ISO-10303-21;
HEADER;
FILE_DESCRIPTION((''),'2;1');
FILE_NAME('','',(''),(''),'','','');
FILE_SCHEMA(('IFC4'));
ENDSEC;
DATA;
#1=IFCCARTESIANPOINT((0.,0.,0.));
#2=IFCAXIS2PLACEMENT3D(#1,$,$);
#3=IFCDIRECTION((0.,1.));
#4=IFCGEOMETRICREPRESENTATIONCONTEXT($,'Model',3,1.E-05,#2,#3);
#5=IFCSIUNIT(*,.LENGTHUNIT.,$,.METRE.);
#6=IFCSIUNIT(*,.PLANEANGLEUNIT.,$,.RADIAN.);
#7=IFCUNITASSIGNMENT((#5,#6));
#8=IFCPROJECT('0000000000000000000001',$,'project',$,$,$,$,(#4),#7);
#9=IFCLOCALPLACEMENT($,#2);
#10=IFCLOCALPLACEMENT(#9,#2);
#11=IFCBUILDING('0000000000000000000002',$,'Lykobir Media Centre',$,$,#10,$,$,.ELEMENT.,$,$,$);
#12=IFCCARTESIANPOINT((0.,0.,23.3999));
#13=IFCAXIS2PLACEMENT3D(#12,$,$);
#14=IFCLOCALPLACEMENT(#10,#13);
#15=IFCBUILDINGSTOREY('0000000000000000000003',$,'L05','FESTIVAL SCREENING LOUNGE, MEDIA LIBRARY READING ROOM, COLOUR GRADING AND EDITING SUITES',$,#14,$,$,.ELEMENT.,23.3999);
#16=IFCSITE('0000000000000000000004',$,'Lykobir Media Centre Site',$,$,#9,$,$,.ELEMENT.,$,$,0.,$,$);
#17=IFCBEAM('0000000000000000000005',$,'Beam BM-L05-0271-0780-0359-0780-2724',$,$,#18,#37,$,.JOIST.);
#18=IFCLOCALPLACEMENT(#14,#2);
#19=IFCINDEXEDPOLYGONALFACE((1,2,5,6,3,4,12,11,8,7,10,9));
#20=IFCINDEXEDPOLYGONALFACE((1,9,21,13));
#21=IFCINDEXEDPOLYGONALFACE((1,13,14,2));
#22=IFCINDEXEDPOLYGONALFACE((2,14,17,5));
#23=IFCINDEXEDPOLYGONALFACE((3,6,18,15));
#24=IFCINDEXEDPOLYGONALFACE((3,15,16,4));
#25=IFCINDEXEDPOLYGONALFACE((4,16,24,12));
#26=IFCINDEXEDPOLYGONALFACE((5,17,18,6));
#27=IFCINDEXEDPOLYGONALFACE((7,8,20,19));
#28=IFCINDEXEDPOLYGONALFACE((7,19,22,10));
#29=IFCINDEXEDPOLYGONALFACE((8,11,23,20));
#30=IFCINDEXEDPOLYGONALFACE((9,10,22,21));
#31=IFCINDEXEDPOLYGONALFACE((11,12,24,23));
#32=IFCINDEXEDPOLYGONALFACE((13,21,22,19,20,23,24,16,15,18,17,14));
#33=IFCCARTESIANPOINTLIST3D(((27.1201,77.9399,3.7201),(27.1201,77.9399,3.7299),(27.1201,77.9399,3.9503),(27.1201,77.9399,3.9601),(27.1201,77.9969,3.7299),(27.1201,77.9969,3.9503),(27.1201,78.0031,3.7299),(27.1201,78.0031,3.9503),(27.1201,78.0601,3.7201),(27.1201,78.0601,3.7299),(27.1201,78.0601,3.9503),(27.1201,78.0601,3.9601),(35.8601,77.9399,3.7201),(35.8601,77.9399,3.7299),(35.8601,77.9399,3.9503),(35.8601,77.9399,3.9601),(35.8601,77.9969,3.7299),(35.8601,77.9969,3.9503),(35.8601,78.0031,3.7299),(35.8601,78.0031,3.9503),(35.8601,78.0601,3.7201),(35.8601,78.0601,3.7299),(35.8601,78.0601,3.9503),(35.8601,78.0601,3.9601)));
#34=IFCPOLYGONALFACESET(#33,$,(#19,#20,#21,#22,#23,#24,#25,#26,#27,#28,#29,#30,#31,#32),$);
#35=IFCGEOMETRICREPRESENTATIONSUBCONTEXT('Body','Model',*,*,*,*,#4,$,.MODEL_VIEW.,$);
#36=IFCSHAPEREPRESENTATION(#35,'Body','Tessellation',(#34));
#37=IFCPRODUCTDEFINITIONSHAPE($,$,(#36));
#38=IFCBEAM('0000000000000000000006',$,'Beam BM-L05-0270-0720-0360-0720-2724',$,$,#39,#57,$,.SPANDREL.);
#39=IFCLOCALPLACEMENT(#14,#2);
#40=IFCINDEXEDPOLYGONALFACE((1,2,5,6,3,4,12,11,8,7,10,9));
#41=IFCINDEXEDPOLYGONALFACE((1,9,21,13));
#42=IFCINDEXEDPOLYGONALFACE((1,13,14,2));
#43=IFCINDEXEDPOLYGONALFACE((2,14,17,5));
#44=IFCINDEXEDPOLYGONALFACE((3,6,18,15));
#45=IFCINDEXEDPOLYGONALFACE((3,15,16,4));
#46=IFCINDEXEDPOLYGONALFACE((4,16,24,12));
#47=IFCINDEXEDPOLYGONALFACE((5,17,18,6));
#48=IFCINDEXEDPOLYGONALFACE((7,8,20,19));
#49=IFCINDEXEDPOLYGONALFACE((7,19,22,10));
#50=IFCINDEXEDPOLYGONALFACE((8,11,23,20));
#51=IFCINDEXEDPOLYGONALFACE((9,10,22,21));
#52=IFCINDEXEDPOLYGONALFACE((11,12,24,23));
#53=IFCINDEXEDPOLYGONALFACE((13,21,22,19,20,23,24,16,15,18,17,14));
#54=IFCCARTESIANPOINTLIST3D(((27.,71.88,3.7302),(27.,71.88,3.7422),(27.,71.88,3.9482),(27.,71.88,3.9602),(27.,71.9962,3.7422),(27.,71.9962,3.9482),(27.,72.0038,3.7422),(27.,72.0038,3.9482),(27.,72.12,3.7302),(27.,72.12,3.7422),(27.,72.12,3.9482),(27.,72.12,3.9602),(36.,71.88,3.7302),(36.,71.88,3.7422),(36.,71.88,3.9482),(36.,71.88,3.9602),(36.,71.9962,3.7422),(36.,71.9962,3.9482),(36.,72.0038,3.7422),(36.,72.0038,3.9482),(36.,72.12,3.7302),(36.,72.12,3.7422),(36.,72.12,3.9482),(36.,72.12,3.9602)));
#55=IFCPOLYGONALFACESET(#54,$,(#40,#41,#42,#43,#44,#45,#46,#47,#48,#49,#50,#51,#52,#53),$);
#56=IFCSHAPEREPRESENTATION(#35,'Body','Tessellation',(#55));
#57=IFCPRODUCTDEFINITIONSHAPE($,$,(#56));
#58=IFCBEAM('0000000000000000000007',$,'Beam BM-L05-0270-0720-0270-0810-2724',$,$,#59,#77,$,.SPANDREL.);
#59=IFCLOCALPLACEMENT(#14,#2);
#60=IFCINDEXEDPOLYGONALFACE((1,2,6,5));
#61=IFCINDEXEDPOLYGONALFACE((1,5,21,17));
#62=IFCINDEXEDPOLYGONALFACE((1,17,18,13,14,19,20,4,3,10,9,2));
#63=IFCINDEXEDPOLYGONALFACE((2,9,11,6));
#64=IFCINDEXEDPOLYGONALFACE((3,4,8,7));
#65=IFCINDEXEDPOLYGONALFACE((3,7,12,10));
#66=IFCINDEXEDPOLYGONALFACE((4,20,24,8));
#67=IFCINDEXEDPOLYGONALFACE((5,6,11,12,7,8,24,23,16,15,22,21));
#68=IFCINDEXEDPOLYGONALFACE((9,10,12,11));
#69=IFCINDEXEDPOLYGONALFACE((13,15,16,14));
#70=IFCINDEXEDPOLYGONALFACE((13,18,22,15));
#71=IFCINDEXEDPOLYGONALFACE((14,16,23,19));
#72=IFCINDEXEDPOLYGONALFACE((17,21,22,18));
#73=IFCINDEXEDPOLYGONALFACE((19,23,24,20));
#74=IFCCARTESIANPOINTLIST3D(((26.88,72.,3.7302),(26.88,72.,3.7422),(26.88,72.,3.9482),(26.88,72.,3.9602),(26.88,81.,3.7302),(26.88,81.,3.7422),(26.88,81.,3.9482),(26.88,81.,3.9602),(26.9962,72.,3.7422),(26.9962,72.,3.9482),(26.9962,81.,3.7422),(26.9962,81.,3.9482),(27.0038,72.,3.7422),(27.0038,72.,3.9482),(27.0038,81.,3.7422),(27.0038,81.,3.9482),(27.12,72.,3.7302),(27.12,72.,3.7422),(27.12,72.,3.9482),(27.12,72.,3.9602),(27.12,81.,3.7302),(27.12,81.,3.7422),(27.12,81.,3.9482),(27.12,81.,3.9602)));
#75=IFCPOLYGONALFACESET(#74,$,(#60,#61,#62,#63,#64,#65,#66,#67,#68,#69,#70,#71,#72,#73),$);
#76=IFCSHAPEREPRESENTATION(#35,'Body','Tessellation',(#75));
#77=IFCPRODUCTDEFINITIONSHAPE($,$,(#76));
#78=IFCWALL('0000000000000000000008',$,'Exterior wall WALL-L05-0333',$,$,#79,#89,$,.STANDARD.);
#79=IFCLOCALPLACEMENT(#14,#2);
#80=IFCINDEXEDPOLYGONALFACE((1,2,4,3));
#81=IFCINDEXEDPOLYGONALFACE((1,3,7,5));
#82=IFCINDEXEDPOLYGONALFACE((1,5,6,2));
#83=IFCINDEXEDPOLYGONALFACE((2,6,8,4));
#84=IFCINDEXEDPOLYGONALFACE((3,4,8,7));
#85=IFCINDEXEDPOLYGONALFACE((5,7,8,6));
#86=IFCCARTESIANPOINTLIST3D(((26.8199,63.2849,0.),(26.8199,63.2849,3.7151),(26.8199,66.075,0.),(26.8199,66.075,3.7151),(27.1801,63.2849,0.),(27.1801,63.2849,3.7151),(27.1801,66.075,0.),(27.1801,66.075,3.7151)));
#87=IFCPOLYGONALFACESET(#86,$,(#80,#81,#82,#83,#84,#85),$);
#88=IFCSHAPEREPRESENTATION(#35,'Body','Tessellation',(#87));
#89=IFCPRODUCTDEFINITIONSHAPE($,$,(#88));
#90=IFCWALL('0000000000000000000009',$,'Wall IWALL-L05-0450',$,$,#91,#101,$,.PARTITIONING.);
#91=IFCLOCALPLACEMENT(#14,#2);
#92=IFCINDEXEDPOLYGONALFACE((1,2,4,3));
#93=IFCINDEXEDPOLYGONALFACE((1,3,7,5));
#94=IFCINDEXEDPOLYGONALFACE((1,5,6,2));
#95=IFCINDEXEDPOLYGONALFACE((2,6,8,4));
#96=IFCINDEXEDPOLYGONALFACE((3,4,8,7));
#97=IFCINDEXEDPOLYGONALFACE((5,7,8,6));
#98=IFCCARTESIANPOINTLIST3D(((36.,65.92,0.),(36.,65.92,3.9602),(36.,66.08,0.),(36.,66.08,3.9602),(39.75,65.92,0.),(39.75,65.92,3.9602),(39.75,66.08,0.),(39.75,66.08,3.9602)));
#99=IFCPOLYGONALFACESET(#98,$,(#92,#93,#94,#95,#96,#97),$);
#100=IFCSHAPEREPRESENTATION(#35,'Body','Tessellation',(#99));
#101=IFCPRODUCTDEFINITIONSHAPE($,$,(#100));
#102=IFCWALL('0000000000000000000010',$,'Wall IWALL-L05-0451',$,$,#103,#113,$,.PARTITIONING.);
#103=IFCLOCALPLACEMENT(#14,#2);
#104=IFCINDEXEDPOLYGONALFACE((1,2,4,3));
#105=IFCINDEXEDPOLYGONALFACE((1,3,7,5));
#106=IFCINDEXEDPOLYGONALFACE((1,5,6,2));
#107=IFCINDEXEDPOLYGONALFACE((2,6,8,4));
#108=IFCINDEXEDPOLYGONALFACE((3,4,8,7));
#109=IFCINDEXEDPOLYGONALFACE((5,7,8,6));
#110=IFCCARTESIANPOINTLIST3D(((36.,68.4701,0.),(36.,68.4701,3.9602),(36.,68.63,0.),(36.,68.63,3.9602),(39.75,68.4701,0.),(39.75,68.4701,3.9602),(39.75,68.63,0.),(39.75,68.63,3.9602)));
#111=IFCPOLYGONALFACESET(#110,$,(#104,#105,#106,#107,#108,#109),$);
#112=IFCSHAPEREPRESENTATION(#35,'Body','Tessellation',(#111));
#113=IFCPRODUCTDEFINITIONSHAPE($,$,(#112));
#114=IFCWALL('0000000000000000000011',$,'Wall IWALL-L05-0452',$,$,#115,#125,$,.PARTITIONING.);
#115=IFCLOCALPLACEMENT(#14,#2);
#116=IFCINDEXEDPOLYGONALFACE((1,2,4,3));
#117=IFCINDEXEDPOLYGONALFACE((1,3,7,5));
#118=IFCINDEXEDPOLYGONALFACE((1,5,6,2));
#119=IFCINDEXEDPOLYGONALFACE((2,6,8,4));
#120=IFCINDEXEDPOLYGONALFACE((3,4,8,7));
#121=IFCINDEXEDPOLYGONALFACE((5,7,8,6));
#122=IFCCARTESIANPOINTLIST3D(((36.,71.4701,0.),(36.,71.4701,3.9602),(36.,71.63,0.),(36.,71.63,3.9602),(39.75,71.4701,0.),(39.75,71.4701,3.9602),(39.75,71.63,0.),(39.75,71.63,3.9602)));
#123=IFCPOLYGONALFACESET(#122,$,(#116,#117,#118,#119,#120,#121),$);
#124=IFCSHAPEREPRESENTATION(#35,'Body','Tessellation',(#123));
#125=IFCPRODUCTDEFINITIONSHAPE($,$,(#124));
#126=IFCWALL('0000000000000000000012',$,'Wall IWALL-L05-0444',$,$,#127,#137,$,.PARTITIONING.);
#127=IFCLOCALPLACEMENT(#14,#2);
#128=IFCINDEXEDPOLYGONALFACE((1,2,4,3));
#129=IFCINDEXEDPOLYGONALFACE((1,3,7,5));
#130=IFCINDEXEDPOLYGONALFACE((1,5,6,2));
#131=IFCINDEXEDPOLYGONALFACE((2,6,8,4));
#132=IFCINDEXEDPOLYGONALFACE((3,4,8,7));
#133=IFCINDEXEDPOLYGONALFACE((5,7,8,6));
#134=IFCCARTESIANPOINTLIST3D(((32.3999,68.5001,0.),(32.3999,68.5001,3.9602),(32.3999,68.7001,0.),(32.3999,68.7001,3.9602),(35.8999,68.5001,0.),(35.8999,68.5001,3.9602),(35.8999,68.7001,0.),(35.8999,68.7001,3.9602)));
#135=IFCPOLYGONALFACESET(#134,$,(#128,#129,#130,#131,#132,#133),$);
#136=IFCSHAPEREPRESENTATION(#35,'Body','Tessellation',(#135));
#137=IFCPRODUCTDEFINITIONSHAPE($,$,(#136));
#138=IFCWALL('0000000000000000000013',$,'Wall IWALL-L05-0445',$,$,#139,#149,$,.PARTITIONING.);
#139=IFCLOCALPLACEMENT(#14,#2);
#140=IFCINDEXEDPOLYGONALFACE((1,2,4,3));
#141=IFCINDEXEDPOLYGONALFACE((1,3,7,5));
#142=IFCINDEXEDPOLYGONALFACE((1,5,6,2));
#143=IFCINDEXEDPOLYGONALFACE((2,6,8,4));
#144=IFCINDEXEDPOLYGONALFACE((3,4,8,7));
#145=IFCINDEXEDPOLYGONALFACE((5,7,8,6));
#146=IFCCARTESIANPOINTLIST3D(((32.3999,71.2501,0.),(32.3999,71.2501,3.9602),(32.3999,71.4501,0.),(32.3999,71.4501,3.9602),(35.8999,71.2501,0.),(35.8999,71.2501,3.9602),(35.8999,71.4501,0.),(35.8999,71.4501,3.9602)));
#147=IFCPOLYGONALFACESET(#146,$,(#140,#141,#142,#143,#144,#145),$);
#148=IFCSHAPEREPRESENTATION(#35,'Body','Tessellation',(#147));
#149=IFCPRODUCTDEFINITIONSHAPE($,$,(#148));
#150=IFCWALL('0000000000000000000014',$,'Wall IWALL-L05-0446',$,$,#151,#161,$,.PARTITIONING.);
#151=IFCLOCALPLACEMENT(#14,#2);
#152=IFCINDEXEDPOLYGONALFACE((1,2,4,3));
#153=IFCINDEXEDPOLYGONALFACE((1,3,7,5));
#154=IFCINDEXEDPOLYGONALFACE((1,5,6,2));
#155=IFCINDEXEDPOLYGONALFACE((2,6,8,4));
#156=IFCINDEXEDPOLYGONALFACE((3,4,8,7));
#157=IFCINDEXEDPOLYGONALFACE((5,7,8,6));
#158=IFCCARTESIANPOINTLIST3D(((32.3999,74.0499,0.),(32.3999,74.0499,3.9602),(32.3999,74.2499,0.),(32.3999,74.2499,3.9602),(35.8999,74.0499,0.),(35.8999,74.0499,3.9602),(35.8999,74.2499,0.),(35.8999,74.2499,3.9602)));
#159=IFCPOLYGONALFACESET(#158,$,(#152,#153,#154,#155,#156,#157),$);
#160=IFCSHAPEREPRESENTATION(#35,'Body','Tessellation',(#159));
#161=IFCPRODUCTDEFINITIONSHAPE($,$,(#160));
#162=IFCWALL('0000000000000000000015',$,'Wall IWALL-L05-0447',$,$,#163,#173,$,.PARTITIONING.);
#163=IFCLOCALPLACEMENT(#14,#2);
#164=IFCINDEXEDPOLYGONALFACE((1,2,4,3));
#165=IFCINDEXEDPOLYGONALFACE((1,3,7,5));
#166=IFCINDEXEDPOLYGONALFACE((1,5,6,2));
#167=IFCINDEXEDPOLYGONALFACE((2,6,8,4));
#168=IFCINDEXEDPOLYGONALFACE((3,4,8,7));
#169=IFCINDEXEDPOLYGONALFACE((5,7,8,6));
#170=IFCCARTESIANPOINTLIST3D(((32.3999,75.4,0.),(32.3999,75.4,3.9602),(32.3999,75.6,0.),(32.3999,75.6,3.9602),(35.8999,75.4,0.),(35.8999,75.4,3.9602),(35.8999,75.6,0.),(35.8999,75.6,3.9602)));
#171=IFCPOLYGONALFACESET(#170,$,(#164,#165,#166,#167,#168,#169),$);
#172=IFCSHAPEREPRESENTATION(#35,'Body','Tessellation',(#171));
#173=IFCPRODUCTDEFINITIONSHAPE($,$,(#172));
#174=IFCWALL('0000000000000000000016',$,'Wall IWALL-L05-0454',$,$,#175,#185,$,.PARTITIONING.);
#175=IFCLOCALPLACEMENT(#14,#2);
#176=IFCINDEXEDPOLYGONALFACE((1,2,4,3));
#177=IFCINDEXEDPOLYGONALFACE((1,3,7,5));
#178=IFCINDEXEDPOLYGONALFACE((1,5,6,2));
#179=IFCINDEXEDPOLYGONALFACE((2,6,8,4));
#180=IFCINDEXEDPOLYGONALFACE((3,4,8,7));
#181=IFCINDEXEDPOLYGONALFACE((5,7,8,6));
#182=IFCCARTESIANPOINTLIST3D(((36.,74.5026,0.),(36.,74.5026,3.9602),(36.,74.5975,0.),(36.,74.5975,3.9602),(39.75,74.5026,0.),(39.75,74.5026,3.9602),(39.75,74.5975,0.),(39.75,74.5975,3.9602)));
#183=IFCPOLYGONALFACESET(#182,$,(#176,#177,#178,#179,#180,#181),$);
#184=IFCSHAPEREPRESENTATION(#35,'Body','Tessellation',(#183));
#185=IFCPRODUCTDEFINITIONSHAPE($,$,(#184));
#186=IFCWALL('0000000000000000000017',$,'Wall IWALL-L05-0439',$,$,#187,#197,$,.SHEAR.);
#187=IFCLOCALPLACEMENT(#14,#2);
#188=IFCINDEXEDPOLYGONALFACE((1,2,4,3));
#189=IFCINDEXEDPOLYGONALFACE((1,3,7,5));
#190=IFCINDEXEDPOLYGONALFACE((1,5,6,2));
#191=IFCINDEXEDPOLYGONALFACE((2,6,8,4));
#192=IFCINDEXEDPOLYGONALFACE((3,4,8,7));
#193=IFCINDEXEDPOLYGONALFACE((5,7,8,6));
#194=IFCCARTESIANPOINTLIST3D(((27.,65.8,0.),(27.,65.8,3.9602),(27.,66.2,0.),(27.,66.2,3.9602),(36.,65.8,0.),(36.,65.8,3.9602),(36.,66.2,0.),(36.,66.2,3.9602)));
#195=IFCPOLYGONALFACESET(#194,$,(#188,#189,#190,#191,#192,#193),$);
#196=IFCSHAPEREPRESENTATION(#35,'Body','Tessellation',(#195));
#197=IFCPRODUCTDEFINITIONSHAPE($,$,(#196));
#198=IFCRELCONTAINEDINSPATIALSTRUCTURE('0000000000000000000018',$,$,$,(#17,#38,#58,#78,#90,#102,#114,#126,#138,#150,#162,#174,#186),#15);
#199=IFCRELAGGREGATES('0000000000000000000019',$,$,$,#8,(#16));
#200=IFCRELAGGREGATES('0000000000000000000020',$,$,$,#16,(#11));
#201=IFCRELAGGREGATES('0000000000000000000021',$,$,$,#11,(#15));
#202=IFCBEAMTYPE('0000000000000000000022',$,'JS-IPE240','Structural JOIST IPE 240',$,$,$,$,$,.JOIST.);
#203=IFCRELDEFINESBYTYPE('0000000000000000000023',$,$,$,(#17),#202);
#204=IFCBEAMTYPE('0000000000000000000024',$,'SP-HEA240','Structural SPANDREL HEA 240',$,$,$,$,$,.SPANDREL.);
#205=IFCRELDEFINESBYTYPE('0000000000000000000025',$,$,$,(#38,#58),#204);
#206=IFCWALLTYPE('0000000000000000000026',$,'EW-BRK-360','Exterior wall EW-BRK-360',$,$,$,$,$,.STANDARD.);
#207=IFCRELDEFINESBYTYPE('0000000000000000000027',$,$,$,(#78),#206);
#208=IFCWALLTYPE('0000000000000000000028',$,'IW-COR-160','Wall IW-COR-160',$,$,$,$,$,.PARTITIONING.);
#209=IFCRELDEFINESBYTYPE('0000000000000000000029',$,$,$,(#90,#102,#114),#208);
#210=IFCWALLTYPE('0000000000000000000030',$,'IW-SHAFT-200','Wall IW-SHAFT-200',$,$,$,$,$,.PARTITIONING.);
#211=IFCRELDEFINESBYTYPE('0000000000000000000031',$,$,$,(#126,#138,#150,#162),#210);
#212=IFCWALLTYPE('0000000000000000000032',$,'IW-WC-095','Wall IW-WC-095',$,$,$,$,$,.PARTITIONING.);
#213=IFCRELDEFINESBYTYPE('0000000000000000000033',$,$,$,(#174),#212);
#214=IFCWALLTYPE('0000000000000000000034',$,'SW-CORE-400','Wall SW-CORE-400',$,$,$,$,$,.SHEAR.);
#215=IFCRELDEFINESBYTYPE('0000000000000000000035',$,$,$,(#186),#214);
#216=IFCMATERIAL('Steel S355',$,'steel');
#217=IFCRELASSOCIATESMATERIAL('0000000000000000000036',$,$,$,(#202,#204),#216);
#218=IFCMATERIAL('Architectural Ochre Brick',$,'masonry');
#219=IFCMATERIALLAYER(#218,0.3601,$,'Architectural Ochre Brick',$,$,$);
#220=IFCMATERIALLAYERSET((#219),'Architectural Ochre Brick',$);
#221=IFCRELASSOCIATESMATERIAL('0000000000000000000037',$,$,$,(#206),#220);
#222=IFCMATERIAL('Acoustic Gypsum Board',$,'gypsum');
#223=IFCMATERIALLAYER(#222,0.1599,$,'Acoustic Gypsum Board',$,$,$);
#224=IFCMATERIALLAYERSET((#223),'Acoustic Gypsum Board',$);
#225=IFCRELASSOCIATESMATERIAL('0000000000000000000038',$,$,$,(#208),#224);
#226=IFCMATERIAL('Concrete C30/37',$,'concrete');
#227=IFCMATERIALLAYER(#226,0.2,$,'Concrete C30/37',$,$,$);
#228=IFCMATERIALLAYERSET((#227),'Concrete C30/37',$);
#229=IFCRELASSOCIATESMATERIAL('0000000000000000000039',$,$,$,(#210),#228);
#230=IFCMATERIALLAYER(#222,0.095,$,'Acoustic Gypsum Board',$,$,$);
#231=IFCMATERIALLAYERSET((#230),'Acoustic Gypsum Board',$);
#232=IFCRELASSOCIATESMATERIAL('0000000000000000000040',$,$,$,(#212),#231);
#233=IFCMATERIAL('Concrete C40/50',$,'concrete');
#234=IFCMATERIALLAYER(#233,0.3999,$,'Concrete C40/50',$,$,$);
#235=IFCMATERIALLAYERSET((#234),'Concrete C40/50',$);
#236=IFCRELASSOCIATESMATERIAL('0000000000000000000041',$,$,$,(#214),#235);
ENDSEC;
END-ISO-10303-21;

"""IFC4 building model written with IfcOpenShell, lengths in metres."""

from ifc_helpers import new_model, si_unit, direction, frame, frame_2d, origin, origin_2d, place, context, subcontext, project, spatial, rectangle, i_section, extrude, material, layer, layer_set, material_profile, profile_set, type_object, element, save


model = new_model("IFC4")

# Units and contexts
model_context = context("Model", 3, precision=1e-05, world=origin(), true_north=direction((0.0, 1.0)))
body_context = subcontext(model_context, "Body", "Model", "MODEL_VIEW")
ifc_project = project(units=[si_unit("LENGTHUNIT", "METRE"), si_unit("PLANEANGLEUNIT", "RADIAN")], contexts=[model_context])

# Site, building, storey
site_placement = place(None, origin())
site = spatial("IfcSite", under=ifc_project, at=site_placement, Name="Lykobir Media Centre Site", CompositionType="ELEMENT", RefElevation=0.0)
building_placement = place(site_placement, origin())
building = spatial("IfcBuilding", under=site, at=building_placement, Name="Lykobir Media Centre", CompositionType="ELEMENT")
storey_placement = place(building_placement, frame((0.0, 0.0, 23.3999)))
storey = spatial("IfcBuildingStorey", under=building, at=storey_placement, Name="L05", Description="FESTIVAL SCREENING LOUNGE, MEDIA LIBRARY READING ROOM, COLOUR GRADING AND EDITING SUITES", CompositionType="ELEMENT", Elevation=23.3999)

# Shared definitions
ifc_material_1 = material(Name="Concrete C40/50", Category="concrete")

# Shared definitions
ifc_material_2 = material(Name="Steel S355", Category="steel")

# Beams
ifc_material_profile_1 = material_profile(ifc_material_2, i_section(OverallWidth=0.1201, OverallDepth=0.24, WebThickness=0.0061, FlangeThickness=0.0098, at=origin_2d()), Name="IPE 240")
ifc_profile_set_1 = profile_set([ifc_material_profile_1], Name="Steel S355")
beam_type_1 = type_object("IfcBeamType", Name="JS-IPE240", Description="Structural JOIST IPE 240", PredefinedType="JOIST", material=ifc_profile_set_1)
for number, where, z_axis, x_axis, name in (
    (1, (27.1201, 78.0, 3.8401), (1.0, 0.0, 0.0), (0.0, 1.0, 0.0), "Beam BM-L05-0271-0780-0359-0780-2724"),
):
    element("IfcBeam", number, at=place(storey_placement, frame(where, z_axis=z_axis, x_axis=x_axis)), inside=storey, type_object=beam_type_1, Name=name, PredefinedType="JOIST", context=body_context, shape_type="SweptSolid", body=[
        extrude(i_section(OverallWidth=0.1201, OverallDepth=0.24, WebThickness=0.0061, FlangeThickness=0.0098, at=origin_2d()), origin(), (0.0, 0.0, 1.0), 8.74),
    ])
ifc_material_profile_2 = material_profile(ifc_material_2, i_section(OverallWidth=0.24, OverallDepth=0.23, WebThickness=0.0076, FlangeThickness=0.012, at=origin_2d()), Name="HEA 240")
ifc_profile_set_2 = profile_set([ifc_material_profile_2], Name="Steel S355")
beam_type_2 = type_object("IfcBeamType", Name="SP-HEA240", Description="Structural SPANDREL HEA 240", PredefinedType="SPANDREL", material=ifc_profile_set_2)
for number, where, z_axis, x_axis, name in (
    (2, (27.0, 72.0, 3.8452), (1.0, 0.0, 0.0), (0.0, 1.0, 0.0), "Beam BM-L05-0270-0720-0360-0720-2724"),
    (3, (27.0, 72.0, 3.8452), (0.0, 1.0, 0.0), (-1.0, 0.0, 0.0), "Beam BM-L05-0270-0720-0270-0810-2724"),
):
    element("IfcBeam", number, at=place(storey_placement, frame(where, z_axis=z_axis, x_axis=x_axis)), inside=storey, type_object=beam_type_2, Name=name, PredefinedType="SPANDREL", context=body_context, shape_type="SweptSolid", body=[
        extrude(i_section(OverallWidth=0.24, OverallDepth=0.23, WebThickness=0.0076, FlangeThickness=0.012, at=origin_2d()), origin(), (0.0, 0.0, 1.0), 9.0),
    ])

# Walls
ifc_material_3 = material(Name="Architectural Ochre Brick", Category="masonry")
ifc_layer_1 = layer(ifc_material_3, 0.3601, Name="Architectural Ochre Brick")
ifc_layer_set_1 = layer_set([ifc_layer_1], Name="Architectural Ochre Brick")
wall_type_1 = type_object("IfcWallType", Name="EW-BRK-360", Description="Exterior wall EW-BRK-360", PredefinedType="STANDARD", material=ifc_layer_set_1)
wall_1_placement = place(storey_placement, frame((27.0, 66.075, 0.0), z_axis=(0.0, 0.0, 1.0), x_axis=(0.0, -1.0, 0.0)))
element("IfcWall", 4, at=wall_1_placement, inside=storey, type_object=wall_type_1, Name="Exterior wall WALL-L05-0333", PredefinedType="STANDARD", context=body_context, shape_type="SweptSolid", body=[
    extrude(rectangle(XDim=2.79, YDim=0.3601, at=frame_2d((1.395, 0.0))), origin(), (0.0, 0.0, 1.0), 3.7151),
])
ifc_material_4 = material(Name="Acoustic Gypsum Board", Category="gypsum")
ifc_layer_2 = layer(ifc_material_4, 0.1599, Name="Acoustic Gypsum Board")
ifc_layer_set_2 = layer_set([ifc_layer_2], Name="Acoustic Gypsum Board")
wall_type_2 = type_object("IfcWallType", Name="IW-COR-160", Description="Wall IW-COR-160", PredefinedType="PARTITIONING", material=ifc_layer_set_2)
for number, where, z_axis, x_axis, name in (
    (5, (36.0, 66.0, 0.0), (0.0, 0.0, 1.0), (1.0, 0.0, 0.0), "Wall IWALL-L05-0450"),
    (6, (36.0, 68.55, 0.0), (0.0, 0.0, 1.0), (1.0, 0.0, 0.0), "Wall IWALL-L05-0451"),
    (7, (36.0, 71.55, 0.0), (0.0, 0.0, 1.0), (1.0, 0.0, 0.0), "Wall IWALL-L05-0452"),
):
    element("IfcWall", number, at=place(storey_placement, frame(where, z_axis=z_axis, x_axis=x_axis)), inside=storey, type_object=wall_type_2, Name=name, PredefinedType="PARTITIONING", context=body_context, shape_type="SweptSolid", body=[
        extrude(rectangle(XDim=3.75, YDim=0.1599, at=frame_2d((1.875, 0.0))), origin(), (0.0, 0.0, 1.0), 3.9602),
    ])
ifc_material_5 = material(Name="Concrete C30/37", Category="concrete")
ifc_layer_3 = layer(ifc_material_5, 0.2, Name="Concrete C30/37")
ifc_layer_set_3 = layer_set([ifc_layer_3], Name="Concrete C30/37")
wall_type_3 = type_object("IfcWallType", Name="IW-SHAFT-200", Description="Wall IW-SHAFT-200", PredefinedType="PARTITIONING", material=ifc_layer_set_3)
for number, where, z_axis, x_axis, name in (
    (8, (32.3999, 68.6001, 0.0), (0.0, 0.0, 1.0), (1.0, 0.0, 0.0), "Wall IWALL-L05-0444"),
    (9, (32.3999, 71.3501, 0.0), (0.0, 0.0, 1.0), (1.0, 0.0, 0.0), "Wall IWALL-L05-0445"),
    (10, (32.3999, 74.1499, 0.0), (0.0, 0.0, 1.0), (1.0, 0.0, 0.0), "Wall IWALL-L05-0446"),
    (11, (32.3999, 75.5, 0.0), (0.0, 0.0, 1.0), (1.0, 0.0, 0.0), "Wall IWALL-L05-0447"),
):
    element("IfcWall", number, at=place(storey_placement, frame(where, z_axis=z_axis, x_axis=x_axis)), inside=storey, type_object=wall_type_3, Name=name, PredefinedType="PARTITIONING", context=body_context, shape_type="SweptSolid", body=[
        extrude(rectangle(XDim=3.5, YDim=0.2, at=frame_2d((1.75, 0.0))), origin(), (0.0, 0.0, 1.0), 3.9602),
    ])
ifc_layer_4 = layer(ifc_material_4, 0.095, Name="Acoustic Gypsum Board")
ifc_layer_set_4 = layer_set([ifc_layer_4], Name="Acoustic Gypsum Board")
wall_type_4 = type_object("IfcWallType", Name="IW-WC-095", Description="Wall IW-WC-095", PredefinedType="PARTITIONING", material=ifc_layer_set_4)
wall_2_placement = place(storey_placement, frame((36.0, 74.55, 0.0), z_axis=(0.0, 0.0, 1.0), x_axis=(1.0, 0.0, 0.0)))
element("IfcWall", 12, at=wall_2_placement, inside=storey, type_object=wall_type_4, Name="Wall IWALL-L05-0454", PredefinedType="PARTITIONING", context=body_context, shape_type="SweptSolid", body=[
    extrude(rectangle(XDim=3.75, YDim=0.095, at=frame_2d((1.875, 0.0))), origin(), (0.0, 0.0, 1.0), 3.9602),
])
ifc_layer_5 = layer(ifc_material_1, 0.3999, Name="Concrete C40/50")
ifc_layer_set_5 = layer_set([ifc_layer_5], Name="Concrete C40/50")
wall_type_5 = type_object("IfcWallType", Name="SW-CORE-400", Description="Wall SW-CORE-400", PredefinedType="SHEAR", material=ifc_layer_set_5)
wall_3_placement = place(storey_placement, frame((27.0, 66.0, 0.0), z_axis=(0.0, 0.0, 1.0), x_axis=(1.0, 0.0, 0.0)))
element("IfcWall", 13, at=wall_3_placement, inside=storey, type_object=wall_type_5, Name="Wall IWALL-L05-0439", PredefinedType="SHEAR", context=body_context, shape_type="SweptSolid", body=[
    extrude(rectangle(XDim=9.0, YDim=0.3999, at=frame_2d((4.5, 0.0))), origin(), (0.0, 0.0, 1.0), 3.9602),
])

save(model, "model.ifc")
